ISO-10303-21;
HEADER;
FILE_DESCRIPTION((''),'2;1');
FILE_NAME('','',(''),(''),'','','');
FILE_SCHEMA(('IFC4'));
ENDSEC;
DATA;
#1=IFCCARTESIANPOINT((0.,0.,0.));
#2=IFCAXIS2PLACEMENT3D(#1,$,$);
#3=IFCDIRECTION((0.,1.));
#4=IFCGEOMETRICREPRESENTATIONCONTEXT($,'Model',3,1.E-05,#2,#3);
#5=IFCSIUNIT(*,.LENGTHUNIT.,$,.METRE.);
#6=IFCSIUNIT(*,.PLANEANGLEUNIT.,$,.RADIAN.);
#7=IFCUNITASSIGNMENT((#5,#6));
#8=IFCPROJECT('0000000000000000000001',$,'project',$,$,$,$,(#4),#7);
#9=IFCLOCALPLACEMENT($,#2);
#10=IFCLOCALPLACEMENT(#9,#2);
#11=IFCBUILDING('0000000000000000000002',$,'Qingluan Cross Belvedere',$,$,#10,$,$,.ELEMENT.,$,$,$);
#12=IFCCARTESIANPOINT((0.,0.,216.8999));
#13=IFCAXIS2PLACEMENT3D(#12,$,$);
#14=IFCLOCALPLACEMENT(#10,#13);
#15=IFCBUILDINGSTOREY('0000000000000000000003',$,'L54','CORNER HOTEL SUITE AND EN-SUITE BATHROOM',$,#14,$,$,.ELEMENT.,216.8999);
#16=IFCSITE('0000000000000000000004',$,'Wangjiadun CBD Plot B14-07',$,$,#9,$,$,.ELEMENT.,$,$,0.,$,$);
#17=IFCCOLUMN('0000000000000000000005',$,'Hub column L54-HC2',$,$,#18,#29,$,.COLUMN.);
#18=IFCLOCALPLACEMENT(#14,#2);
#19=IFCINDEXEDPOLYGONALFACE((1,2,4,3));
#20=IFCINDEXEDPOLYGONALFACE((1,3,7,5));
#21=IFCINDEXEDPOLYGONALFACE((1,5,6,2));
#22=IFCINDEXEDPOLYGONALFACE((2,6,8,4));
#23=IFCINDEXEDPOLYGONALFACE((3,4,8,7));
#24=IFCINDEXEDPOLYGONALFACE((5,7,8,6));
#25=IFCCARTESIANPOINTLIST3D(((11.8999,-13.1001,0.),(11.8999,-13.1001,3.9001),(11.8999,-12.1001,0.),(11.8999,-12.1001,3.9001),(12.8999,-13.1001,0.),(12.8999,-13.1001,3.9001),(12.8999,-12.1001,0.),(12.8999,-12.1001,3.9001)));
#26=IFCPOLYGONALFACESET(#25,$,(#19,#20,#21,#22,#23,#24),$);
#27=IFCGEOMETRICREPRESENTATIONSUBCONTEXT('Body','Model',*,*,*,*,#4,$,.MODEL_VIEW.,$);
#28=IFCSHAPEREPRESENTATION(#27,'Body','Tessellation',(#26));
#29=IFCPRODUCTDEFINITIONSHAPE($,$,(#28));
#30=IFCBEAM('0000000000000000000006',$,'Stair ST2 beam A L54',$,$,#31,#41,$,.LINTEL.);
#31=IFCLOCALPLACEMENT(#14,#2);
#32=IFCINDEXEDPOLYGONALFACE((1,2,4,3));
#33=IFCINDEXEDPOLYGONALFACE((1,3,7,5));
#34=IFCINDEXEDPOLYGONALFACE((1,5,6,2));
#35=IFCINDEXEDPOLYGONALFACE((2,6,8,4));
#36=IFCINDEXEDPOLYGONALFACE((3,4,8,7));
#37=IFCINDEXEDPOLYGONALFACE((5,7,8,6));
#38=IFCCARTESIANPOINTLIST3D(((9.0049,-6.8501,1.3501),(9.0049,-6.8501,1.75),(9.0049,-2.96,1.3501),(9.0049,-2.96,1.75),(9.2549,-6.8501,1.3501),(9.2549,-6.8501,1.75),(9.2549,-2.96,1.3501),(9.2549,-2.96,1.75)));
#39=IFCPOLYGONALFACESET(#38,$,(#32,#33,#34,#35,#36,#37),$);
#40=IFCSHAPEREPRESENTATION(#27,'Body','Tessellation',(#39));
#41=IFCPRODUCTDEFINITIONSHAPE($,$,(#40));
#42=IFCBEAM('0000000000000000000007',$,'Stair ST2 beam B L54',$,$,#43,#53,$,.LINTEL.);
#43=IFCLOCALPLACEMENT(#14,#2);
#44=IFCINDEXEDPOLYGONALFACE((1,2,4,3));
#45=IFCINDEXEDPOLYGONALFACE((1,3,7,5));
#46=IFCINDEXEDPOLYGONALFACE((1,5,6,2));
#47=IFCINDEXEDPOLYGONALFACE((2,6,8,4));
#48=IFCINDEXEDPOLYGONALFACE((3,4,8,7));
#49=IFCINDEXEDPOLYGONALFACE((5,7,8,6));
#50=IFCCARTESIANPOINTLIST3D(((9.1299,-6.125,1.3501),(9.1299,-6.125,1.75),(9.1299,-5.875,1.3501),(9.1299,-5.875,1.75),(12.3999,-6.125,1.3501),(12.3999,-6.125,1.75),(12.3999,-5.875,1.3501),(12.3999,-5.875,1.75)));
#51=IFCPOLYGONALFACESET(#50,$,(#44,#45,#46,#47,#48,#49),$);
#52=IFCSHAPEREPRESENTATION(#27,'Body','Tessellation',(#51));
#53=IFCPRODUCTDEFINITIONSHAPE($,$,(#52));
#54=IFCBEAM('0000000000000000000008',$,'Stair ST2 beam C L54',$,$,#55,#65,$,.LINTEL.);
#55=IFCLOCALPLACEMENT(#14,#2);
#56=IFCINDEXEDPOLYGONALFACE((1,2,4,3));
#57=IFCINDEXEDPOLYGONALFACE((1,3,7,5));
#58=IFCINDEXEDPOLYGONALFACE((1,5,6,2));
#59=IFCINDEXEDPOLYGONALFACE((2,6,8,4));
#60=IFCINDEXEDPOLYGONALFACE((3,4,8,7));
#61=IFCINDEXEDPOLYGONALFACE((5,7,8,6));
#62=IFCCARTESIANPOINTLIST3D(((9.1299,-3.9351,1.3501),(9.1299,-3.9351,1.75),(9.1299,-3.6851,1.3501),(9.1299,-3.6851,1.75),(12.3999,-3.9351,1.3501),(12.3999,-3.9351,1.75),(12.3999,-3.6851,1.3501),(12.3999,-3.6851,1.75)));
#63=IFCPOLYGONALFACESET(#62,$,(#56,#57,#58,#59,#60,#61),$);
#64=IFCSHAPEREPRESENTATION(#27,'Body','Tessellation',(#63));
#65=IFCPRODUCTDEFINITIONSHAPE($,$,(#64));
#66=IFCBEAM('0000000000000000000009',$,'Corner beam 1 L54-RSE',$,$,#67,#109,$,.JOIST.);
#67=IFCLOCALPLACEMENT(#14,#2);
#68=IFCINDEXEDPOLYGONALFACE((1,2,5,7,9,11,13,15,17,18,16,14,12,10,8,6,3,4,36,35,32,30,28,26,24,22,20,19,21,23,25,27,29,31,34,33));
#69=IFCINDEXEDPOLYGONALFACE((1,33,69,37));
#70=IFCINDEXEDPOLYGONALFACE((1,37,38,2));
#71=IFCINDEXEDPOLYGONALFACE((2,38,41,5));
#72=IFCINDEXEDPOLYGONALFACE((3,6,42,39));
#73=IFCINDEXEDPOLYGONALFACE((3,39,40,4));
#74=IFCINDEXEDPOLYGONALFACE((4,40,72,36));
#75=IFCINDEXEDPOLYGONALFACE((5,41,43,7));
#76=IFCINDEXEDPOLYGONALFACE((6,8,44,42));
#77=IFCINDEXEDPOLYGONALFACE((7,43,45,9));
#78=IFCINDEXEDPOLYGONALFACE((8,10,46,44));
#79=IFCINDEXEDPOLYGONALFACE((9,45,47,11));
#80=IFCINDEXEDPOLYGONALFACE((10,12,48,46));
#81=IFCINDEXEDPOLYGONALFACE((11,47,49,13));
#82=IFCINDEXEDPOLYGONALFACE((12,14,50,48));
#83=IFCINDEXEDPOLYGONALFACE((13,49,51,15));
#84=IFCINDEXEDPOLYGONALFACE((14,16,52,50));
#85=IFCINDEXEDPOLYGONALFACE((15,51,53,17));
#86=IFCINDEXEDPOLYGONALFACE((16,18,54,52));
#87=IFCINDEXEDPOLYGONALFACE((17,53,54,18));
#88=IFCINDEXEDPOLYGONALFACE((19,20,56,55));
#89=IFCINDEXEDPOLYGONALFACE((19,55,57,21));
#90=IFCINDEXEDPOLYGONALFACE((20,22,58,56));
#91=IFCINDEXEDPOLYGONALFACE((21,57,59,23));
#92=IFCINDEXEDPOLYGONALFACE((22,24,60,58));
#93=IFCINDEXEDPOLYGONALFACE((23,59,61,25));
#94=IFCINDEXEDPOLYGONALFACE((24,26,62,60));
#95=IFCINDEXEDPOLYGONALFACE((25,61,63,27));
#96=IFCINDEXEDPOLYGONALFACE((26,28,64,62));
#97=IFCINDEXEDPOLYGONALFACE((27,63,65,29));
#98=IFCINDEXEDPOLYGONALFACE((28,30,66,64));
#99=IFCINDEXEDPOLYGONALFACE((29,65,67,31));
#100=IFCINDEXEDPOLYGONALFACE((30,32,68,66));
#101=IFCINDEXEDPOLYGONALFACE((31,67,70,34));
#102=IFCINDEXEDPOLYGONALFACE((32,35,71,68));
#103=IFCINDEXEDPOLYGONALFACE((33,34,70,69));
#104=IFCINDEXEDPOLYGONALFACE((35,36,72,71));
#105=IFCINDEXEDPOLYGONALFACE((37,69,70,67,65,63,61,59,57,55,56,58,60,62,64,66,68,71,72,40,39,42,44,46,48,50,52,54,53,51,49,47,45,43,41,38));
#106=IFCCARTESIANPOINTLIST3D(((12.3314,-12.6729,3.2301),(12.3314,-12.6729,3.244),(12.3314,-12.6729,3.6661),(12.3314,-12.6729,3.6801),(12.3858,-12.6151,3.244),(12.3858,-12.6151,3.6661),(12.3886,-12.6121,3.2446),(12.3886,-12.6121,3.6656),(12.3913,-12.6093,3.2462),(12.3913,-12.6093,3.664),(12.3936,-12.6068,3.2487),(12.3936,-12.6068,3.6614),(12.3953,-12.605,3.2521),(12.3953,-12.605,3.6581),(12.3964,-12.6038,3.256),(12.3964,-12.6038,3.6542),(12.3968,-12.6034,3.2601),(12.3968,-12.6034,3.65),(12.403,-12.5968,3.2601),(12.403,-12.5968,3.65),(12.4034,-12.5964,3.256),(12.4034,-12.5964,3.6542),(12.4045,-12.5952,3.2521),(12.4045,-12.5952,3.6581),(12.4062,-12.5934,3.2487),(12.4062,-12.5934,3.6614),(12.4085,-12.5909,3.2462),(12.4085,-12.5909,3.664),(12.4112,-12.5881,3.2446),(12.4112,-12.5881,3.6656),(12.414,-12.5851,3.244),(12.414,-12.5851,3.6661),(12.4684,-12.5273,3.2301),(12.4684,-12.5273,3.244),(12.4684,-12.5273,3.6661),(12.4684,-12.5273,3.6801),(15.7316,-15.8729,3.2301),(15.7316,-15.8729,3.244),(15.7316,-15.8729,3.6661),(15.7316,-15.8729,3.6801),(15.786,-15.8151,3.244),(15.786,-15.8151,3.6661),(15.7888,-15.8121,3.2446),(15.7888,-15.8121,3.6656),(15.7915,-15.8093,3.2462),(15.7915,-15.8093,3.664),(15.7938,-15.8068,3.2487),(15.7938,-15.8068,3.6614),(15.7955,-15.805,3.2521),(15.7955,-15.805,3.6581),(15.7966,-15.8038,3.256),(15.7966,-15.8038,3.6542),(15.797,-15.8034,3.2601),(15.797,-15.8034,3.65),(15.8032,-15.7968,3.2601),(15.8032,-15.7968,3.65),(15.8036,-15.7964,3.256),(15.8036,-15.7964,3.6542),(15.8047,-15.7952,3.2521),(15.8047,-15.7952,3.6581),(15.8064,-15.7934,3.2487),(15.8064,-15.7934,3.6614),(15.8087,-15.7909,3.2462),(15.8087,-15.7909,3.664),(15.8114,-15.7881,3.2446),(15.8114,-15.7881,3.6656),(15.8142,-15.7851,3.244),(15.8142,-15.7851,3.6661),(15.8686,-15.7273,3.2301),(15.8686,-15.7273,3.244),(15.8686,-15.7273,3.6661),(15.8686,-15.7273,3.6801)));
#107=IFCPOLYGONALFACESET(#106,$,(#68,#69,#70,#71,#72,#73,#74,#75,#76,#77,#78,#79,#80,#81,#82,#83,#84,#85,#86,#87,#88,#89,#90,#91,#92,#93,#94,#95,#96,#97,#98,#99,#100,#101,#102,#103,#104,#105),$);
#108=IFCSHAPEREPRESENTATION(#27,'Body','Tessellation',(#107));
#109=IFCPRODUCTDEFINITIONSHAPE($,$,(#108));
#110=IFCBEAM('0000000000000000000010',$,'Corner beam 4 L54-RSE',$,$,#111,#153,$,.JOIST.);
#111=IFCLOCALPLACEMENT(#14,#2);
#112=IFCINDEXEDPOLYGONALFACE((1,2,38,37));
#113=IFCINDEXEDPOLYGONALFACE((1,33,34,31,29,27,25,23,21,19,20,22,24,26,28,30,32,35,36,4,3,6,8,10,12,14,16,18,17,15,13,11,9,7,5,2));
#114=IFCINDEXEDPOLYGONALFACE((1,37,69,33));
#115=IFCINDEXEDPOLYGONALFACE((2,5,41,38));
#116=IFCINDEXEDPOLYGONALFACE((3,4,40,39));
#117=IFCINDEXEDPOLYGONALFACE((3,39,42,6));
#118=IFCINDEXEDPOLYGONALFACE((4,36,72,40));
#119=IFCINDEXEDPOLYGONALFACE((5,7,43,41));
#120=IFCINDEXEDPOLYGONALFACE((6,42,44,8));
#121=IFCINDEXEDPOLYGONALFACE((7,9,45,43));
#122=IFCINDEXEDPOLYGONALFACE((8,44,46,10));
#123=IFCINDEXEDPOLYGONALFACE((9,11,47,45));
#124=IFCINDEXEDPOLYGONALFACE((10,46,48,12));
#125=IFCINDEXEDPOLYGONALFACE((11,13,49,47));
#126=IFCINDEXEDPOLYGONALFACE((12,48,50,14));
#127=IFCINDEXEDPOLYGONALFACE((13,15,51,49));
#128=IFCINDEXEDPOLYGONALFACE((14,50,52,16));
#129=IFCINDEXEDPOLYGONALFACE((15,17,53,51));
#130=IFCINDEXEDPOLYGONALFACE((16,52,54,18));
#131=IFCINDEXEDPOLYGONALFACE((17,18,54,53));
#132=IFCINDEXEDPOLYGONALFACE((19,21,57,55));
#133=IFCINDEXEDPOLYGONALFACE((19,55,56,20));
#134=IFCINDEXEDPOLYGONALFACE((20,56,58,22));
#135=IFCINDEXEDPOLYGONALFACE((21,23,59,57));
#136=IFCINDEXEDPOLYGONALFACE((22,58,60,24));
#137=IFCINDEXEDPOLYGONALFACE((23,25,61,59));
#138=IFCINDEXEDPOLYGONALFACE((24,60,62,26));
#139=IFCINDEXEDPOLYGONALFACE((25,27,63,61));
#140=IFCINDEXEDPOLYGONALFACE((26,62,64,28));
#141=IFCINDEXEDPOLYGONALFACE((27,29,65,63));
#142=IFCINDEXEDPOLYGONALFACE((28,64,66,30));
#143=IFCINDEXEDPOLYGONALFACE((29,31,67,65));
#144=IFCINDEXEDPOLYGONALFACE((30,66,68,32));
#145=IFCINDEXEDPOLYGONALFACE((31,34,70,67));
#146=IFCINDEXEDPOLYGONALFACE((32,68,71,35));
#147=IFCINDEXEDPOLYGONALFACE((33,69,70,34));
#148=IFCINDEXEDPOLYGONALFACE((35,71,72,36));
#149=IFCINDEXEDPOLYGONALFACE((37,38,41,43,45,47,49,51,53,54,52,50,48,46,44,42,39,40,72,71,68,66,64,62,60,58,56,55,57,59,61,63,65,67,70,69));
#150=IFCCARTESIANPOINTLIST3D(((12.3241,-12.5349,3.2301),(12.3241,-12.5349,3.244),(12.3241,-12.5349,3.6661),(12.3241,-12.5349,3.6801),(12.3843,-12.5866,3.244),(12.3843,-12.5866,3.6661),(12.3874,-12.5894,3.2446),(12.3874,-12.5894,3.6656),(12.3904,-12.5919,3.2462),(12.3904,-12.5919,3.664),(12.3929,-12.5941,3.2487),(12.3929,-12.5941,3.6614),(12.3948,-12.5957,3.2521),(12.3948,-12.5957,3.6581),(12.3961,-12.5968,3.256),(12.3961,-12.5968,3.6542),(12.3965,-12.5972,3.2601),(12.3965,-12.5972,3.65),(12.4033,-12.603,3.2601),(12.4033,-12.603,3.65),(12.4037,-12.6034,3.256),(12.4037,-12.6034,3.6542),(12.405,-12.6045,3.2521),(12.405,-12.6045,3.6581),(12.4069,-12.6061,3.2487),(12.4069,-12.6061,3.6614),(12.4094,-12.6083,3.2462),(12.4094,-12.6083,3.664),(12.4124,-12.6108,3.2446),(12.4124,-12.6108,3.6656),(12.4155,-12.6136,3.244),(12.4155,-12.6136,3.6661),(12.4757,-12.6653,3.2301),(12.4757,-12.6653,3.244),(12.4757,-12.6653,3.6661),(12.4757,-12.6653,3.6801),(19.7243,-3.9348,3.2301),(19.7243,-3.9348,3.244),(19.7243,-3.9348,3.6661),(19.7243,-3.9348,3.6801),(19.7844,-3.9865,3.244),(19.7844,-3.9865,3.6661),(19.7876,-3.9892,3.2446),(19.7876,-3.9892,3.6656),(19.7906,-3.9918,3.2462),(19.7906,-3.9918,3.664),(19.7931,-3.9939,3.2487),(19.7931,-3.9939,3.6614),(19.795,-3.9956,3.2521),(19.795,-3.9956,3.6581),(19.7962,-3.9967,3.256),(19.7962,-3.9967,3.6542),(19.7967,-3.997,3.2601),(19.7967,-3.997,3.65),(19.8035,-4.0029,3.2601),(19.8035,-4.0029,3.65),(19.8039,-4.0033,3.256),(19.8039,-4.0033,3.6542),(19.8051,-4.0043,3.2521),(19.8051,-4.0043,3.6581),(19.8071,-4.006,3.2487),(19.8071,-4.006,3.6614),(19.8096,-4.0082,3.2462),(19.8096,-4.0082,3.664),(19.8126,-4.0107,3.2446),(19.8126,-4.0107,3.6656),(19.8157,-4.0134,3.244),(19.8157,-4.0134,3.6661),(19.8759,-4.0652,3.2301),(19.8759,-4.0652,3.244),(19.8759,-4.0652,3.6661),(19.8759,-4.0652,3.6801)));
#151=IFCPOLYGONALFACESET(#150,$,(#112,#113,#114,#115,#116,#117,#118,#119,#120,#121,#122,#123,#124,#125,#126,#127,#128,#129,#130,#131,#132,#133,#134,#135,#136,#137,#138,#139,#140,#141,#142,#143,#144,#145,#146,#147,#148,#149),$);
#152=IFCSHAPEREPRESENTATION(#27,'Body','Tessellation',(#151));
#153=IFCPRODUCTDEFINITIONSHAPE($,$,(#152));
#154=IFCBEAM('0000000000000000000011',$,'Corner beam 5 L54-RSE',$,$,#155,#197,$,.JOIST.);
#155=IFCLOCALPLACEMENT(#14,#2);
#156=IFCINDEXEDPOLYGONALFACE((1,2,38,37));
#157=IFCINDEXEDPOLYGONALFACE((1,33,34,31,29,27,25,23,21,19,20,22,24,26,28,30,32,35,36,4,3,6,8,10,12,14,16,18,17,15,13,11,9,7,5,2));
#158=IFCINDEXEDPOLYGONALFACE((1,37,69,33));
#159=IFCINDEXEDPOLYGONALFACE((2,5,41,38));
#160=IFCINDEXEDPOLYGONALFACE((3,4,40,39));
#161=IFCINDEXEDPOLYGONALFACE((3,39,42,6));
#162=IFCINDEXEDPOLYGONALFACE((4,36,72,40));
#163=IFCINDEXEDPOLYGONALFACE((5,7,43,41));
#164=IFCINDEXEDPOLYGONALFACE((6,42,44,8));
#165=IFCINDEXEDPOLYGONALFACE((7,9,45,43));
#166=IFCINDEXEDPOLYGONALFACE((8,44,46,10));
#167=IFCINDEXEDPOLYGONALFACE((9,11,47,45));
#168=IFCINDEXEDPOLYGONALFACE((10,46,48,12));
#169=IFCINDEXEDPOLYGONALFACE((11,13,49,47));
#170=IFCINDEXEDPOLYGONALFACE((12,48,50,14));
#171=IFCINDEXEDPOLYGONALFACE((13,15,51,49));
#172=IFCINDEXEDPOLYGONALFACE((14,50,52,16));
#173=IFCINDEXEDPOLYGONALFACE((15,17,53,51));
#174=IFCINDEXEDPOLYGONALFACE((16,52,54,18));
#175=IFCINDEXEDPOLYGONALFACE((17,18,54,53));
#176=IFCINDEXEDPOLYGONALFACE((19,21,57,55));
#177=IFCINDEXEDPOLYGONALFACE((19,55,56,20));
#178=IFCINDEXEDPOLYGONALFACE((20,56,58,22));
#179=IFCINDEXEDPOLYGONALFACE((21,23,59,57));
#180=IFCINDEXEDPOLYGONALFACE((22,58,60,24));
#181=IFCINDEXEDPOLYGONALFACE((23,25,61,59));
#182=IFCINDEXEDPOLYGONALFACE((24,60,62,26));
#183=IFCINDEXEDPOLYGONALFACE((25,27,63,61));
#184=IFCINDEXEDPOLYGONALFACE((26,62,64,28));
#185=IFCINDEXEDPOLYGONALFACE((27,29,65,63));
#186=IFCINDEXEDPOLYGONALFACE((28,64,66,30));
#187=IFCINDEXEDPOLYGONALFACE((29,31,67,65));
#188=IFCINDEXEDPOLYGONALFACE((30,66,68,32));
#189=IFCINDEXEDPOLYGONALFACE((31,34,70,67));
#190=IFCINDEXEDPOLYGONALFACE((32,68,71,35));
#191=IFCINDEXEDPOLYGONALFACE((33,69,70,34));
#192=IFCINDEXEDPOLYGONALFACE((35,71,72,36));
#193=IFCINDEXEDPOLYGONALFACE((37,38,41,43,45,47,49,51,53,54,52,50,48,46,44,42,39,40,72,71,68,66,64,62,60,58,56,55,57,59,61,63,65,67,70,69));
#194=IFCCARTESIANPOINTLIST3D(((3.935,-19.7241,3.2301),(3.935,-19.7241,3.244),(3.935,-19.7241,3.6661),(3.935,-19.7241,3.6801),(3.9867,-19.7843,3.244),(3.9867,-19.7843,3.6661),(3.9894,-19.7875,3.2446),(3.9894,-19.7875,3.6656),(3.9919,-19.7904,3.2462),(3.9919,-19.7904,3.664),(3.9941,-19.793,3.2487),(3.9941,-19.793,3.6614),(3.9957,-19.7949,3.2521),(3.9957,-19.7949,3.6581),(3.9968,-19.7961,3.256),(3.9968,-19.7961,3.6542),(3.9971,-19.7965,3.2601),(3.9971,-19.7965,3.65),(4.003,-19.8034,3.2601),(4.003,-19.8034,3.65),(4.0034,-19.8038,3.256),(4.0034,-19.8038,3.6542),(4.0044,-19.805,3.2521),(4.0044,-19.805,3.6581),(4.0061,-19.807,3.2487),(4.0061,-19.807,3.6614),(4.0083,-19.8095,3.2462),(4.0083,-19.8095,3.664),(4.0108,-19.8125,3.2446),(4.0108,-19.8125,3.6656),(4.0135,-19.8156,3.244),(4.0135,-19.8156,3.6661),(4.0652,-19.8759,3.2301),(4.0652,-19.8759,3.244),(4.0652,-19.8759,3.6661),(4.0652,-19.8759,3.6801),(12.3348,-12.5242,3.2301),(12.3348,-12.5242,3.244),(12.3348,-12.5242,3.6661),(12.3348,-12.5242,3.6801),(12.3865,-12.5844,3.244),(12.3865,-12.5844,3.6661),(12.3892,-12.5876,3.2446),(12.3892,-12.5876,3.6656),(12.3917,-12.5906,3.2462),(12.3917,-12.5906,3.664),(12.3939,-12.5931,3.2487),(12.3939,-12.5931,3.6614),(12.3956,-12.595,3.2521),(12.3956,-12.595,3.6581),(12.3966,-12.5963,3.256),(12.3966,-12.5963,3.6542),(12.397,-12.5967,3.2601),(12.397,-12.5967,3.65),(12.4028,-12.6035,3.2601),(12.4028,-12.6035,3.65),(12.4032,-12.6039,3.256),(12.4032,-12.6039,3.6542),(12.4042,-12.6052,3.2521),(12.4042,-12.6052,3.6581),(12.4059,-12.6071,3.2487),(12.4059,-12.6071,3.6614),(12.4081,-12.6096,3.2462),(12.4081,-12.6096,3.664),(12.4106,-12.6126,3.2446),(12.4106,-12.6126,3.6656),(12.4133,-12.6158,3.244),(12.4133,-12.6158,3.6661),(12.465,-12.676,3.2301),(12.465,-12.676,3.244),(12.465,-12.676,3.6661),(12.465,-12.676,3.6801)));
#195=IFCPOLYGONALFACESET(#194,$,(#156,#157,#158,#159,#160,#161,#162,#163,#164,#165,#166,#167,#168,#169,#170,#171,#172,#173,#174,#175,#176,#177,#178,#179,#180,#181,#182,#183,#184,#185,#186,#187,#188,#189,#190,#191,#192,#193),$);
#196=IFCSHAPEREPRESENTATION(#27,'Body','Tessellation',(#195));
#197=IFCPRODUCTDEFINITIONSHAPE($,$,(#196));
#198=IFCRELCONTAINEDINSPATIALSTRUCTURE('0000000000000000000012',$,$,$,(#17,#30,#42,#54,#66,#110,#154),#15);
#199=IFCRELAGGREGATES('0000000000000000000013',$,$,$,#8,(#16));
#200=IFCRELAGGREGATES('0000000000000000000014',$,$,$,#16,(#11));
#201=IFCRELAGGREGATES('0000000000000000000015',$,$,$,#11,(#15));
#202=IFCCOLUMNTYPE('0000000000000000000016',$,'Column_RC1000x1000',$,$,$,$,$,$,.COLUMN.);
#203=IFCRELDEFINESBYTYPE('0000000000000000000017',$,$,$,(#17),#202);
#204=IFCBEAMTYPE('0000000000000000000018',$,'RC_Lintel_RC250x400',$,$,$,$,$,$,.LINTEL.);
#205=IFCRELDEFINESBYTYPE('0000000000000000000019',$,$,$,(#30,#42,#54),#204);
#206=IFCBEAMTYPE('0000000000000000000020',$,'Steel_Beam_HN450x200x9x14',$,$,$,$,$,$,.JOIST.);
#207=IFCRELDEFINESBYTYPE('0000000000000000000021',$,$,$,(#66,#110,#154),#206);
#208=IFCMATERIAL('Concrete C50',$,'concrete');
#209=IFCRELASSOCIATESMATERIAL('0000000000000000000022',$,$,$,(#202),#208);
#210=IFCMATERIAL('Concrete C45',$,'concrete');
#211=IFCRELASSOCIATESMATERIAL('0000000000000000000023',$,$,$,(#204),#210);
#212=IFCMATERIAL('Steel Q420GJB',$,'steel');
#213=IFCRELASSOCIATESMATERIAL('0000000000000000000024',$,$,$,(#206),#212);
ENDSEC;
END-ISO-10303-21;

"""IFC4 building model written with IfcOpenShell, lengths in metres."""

from ifc_helpers import new_model, si_unit, direction, frame, origin, origin_2d, place, context, subcontext, project, spatial, rectangle, i_section, extrude, material, material_profile, profile_set, type_object, element, save


model = new_model("IFC4")

# Units and contexts
model_context = context("Model", 3, precision=1e-05, world=origin(), true_north=direction((0.0, 1.0)))
body_context = subcontext(model_context, "Body", "Model", "MODEL_VIEW")
ifc_project = project(units=[si_unit("LENGTHUNIT", "METRE"), si_unit("PLANEANGLEUNIT", "RADIAN")], contexts=[model_context])

# Site, building, storey
site_placement = place(None, origin())
site = spatial("IfcSite", under=ifc_project, at=site_placement, Name="Wangjiadun CBD Plot B14-07", CompositionType="ELEMENT", RefElevation=0.0)
building_placement = place(site_placement, origin())
building = spatial("IfcBuilding", under=site, at=building_placement, Name="Qingluan Cross Belvedere", CompositionType="ELEMENT")
storey_placement = place(building_placement, frame((0.0, 0.0, 216.8999)))
storey = spatial("IfcBuildingStorey", under=building, at=storey_placement, Name="L54", Description="CORNER HOTEL SUITE AND EN-SUITE BATHROOM", CompositionType="ELEMENT", Elevation=216.8999)

# Column
ifc_material_1 = material(Name="Concrete C50", Category="concrete")
ifc_material_profile_1 = material_profile(ifc_material_1, rectangle(XDim=1.0, YDim=1.0, at=origin_2d()), Name="RC1000x1000")
ifc_profile_set_1 = profile_set([ifc_material_profile_1], Name="Concrete C50")
column_type = type_object("IfcColumnType", Name="Column_RC1000x1000", PredefinedType="COLUMN", material=ifc_profile_set_1)
column_placement = place(storey_placement, frame((12.3999, -12.6001, 0.0), z_axis=(0.0, 0.0, 1.0), x_axis=(1.0, 0.0, 0.0)))
element("IfcColumn", 1, at=column_placement, inside=storey, type_object=column_type, Name="Hub column L54-HC2", PredefinedType="COLUMN", context=body_context, shape_type="SweptSolid", body=[
    extrude(rectangle(XDim=1.0, YDim=1.0, at=origin_2d()), origin(), (0.0, 0.0, 1.0), 3.9001),
])

# Beams
ifc_material_2 = material(Name="Concrete C45", Category="concrete")
ifc_material_profile_2 = material_profile(ifc_material_2, rectangle(XDim=0.25, YDim=0.3999, at=origin_2d()), Name="RC250x400")
ifc_profile_set_2 = profile_set([ifc_material_profile_2], Name="Concrete C45")
beam_type_1 = type_object("IfcBeamType", Name="RC_Lintel_RC250x400", PredefinedType="LINTEL", material=ifc_profile_set_2)
beam_1_placement = place(storey_placement, frame((9.1299, -6.8501, 1.55), z_axis=(0.0, 1.0, 0.0), x_axis=(-1.0, 0.0, 0.0)))
element("IfcBeam", 2, at=beam_1_placement, inside=storey, type_object=beam_type_1, Name="Stair ST2 beam A L54", PredefinedType="LINTEL", context=body_context, shape_type="SweptSolid", body=[
    extrude(rectangle(XDim=0.25, YDim=0.3999, at=origin_2d()), origin(), (0.0, 0.0, 1.0), 3.8901),
])
for number, where, z_axis, x_axis, name in (
    (3, (12.3999, -6.0, 1.55), (-1.0, 0.0, 0.0), (0.0, -1.0, 0.0), "Stair ST2 beam B L54"),
    (4, (12.3999, -3.8101, 1.55), (-1.0, 0.0, 0.0), (0.0, -1.0, 0.0), "Stair ST2 beam C L54"),
):
    element("IfcBeam", number, at=place(storey_placement, frame(where, z_axis=z_axis, x_axis=x_axis)), inside=storey, type_object=beam_type_1, Name=name, PredefinedType="LINTEL", context=body_context, shape_type="SweptSolid", body=[
        extrude(rectangle(XDim=0.25, YDim=0.3999, at=origin_2d()), origin(), (0.0, 0.0, 1.0), 3.27),
    ])
ifc_material_3 = material(Name="Steel Q420GJB", Category="steel")
ifc_material_profile_3 = material_profile(ifc_material_3, i_section(OverallWidth=0.2, OverallDepth=0.45, WebThickness=0.009, FlangeThickness=0.0139, FilletRadius=0.0161, at=origin_2d()), Name="HN450x200x9x14")
ifc_profile_set_3 = profile_set([ifc_material_profile_3], Name="Steel Q420GJB")
beam_type_2 = type_object("IfcBeamType", Name="Steel_Beam_HN450x200x9x14", PredefinedType="JOIST", material=ifc_profile_set_3)
beam_2_placement = place(storey_placement, frame((12.3999, -12.6001, 3.4551), z_axis=(0.72822, -0.685343, 0.0), x_axis=(0.685343, 0.72822, 0.0)))
element("IfcBeam", 5, at=beam_2_placement, inside=storey, type_object=beam_type_2, Name="Corner beam 1 L54-RSE", PredefinedType="JOIST", context=body_context, shape_type="SweptSolid", body=[
    extrude(i_section(OverallWidth=0.2, OverallDepth=0.45, WebThickness=0.009, FlangeThickness=0.0139, FilletRadius=0.0161, at=origin_2d()), origin(), (0.0, 0.0, 1.0), 4.6692),
])
beam_3_placement = place(storey_placement, frame((12.3999, -12.6001, 3.4551), z_axis=(0.652245, 0.758008, 0.0), x_axis=(-0.758008, 0.652245, 0.0)))
element("IfcBeam", 6, at=beam_3_placement, inside=storey, type_object=beam_type_2, Name="Corner beam 4 L54-RSE", PredefinedType="JOIST", context=body_context, shape_type="SweptSolid", body=[
    extrude(i_section(OverallWidth=0.2, OverallDepth=0.45, WebThickness=0.009, FlangeThickness=0.0139, FilletRadius=0.0161, at=origin_2d()), origin(), (0.0, 0.0, 1.0), 11.3457),
])
beam_4_placement = place(storey_placement, frame((12.3999, -12.6001, 3.4551), z_axis=(-0.759255, -0.650793, 0.0), x_axis=(0.650793, -0.759255, 0.0)))
element("IfcBeam", 7, at=beam_4_placement, inside=storey, type_object=beam_type_2, Name="Corner beam 5 L54-RSE", PredefinedType="JOIST", context=body_context, shape_type="SweptSolid", body=[
    extrude(i_section(OverallWidth=0.2, OverallDepth=0.45, WebThickness=0.009, FlangeThickness=0.0139, FilletRadius=0.0161, at=origin_2d()), origin(), (0.0, 0.0, 1.0), 11.0632),
])

save(model, "model.ifc")
